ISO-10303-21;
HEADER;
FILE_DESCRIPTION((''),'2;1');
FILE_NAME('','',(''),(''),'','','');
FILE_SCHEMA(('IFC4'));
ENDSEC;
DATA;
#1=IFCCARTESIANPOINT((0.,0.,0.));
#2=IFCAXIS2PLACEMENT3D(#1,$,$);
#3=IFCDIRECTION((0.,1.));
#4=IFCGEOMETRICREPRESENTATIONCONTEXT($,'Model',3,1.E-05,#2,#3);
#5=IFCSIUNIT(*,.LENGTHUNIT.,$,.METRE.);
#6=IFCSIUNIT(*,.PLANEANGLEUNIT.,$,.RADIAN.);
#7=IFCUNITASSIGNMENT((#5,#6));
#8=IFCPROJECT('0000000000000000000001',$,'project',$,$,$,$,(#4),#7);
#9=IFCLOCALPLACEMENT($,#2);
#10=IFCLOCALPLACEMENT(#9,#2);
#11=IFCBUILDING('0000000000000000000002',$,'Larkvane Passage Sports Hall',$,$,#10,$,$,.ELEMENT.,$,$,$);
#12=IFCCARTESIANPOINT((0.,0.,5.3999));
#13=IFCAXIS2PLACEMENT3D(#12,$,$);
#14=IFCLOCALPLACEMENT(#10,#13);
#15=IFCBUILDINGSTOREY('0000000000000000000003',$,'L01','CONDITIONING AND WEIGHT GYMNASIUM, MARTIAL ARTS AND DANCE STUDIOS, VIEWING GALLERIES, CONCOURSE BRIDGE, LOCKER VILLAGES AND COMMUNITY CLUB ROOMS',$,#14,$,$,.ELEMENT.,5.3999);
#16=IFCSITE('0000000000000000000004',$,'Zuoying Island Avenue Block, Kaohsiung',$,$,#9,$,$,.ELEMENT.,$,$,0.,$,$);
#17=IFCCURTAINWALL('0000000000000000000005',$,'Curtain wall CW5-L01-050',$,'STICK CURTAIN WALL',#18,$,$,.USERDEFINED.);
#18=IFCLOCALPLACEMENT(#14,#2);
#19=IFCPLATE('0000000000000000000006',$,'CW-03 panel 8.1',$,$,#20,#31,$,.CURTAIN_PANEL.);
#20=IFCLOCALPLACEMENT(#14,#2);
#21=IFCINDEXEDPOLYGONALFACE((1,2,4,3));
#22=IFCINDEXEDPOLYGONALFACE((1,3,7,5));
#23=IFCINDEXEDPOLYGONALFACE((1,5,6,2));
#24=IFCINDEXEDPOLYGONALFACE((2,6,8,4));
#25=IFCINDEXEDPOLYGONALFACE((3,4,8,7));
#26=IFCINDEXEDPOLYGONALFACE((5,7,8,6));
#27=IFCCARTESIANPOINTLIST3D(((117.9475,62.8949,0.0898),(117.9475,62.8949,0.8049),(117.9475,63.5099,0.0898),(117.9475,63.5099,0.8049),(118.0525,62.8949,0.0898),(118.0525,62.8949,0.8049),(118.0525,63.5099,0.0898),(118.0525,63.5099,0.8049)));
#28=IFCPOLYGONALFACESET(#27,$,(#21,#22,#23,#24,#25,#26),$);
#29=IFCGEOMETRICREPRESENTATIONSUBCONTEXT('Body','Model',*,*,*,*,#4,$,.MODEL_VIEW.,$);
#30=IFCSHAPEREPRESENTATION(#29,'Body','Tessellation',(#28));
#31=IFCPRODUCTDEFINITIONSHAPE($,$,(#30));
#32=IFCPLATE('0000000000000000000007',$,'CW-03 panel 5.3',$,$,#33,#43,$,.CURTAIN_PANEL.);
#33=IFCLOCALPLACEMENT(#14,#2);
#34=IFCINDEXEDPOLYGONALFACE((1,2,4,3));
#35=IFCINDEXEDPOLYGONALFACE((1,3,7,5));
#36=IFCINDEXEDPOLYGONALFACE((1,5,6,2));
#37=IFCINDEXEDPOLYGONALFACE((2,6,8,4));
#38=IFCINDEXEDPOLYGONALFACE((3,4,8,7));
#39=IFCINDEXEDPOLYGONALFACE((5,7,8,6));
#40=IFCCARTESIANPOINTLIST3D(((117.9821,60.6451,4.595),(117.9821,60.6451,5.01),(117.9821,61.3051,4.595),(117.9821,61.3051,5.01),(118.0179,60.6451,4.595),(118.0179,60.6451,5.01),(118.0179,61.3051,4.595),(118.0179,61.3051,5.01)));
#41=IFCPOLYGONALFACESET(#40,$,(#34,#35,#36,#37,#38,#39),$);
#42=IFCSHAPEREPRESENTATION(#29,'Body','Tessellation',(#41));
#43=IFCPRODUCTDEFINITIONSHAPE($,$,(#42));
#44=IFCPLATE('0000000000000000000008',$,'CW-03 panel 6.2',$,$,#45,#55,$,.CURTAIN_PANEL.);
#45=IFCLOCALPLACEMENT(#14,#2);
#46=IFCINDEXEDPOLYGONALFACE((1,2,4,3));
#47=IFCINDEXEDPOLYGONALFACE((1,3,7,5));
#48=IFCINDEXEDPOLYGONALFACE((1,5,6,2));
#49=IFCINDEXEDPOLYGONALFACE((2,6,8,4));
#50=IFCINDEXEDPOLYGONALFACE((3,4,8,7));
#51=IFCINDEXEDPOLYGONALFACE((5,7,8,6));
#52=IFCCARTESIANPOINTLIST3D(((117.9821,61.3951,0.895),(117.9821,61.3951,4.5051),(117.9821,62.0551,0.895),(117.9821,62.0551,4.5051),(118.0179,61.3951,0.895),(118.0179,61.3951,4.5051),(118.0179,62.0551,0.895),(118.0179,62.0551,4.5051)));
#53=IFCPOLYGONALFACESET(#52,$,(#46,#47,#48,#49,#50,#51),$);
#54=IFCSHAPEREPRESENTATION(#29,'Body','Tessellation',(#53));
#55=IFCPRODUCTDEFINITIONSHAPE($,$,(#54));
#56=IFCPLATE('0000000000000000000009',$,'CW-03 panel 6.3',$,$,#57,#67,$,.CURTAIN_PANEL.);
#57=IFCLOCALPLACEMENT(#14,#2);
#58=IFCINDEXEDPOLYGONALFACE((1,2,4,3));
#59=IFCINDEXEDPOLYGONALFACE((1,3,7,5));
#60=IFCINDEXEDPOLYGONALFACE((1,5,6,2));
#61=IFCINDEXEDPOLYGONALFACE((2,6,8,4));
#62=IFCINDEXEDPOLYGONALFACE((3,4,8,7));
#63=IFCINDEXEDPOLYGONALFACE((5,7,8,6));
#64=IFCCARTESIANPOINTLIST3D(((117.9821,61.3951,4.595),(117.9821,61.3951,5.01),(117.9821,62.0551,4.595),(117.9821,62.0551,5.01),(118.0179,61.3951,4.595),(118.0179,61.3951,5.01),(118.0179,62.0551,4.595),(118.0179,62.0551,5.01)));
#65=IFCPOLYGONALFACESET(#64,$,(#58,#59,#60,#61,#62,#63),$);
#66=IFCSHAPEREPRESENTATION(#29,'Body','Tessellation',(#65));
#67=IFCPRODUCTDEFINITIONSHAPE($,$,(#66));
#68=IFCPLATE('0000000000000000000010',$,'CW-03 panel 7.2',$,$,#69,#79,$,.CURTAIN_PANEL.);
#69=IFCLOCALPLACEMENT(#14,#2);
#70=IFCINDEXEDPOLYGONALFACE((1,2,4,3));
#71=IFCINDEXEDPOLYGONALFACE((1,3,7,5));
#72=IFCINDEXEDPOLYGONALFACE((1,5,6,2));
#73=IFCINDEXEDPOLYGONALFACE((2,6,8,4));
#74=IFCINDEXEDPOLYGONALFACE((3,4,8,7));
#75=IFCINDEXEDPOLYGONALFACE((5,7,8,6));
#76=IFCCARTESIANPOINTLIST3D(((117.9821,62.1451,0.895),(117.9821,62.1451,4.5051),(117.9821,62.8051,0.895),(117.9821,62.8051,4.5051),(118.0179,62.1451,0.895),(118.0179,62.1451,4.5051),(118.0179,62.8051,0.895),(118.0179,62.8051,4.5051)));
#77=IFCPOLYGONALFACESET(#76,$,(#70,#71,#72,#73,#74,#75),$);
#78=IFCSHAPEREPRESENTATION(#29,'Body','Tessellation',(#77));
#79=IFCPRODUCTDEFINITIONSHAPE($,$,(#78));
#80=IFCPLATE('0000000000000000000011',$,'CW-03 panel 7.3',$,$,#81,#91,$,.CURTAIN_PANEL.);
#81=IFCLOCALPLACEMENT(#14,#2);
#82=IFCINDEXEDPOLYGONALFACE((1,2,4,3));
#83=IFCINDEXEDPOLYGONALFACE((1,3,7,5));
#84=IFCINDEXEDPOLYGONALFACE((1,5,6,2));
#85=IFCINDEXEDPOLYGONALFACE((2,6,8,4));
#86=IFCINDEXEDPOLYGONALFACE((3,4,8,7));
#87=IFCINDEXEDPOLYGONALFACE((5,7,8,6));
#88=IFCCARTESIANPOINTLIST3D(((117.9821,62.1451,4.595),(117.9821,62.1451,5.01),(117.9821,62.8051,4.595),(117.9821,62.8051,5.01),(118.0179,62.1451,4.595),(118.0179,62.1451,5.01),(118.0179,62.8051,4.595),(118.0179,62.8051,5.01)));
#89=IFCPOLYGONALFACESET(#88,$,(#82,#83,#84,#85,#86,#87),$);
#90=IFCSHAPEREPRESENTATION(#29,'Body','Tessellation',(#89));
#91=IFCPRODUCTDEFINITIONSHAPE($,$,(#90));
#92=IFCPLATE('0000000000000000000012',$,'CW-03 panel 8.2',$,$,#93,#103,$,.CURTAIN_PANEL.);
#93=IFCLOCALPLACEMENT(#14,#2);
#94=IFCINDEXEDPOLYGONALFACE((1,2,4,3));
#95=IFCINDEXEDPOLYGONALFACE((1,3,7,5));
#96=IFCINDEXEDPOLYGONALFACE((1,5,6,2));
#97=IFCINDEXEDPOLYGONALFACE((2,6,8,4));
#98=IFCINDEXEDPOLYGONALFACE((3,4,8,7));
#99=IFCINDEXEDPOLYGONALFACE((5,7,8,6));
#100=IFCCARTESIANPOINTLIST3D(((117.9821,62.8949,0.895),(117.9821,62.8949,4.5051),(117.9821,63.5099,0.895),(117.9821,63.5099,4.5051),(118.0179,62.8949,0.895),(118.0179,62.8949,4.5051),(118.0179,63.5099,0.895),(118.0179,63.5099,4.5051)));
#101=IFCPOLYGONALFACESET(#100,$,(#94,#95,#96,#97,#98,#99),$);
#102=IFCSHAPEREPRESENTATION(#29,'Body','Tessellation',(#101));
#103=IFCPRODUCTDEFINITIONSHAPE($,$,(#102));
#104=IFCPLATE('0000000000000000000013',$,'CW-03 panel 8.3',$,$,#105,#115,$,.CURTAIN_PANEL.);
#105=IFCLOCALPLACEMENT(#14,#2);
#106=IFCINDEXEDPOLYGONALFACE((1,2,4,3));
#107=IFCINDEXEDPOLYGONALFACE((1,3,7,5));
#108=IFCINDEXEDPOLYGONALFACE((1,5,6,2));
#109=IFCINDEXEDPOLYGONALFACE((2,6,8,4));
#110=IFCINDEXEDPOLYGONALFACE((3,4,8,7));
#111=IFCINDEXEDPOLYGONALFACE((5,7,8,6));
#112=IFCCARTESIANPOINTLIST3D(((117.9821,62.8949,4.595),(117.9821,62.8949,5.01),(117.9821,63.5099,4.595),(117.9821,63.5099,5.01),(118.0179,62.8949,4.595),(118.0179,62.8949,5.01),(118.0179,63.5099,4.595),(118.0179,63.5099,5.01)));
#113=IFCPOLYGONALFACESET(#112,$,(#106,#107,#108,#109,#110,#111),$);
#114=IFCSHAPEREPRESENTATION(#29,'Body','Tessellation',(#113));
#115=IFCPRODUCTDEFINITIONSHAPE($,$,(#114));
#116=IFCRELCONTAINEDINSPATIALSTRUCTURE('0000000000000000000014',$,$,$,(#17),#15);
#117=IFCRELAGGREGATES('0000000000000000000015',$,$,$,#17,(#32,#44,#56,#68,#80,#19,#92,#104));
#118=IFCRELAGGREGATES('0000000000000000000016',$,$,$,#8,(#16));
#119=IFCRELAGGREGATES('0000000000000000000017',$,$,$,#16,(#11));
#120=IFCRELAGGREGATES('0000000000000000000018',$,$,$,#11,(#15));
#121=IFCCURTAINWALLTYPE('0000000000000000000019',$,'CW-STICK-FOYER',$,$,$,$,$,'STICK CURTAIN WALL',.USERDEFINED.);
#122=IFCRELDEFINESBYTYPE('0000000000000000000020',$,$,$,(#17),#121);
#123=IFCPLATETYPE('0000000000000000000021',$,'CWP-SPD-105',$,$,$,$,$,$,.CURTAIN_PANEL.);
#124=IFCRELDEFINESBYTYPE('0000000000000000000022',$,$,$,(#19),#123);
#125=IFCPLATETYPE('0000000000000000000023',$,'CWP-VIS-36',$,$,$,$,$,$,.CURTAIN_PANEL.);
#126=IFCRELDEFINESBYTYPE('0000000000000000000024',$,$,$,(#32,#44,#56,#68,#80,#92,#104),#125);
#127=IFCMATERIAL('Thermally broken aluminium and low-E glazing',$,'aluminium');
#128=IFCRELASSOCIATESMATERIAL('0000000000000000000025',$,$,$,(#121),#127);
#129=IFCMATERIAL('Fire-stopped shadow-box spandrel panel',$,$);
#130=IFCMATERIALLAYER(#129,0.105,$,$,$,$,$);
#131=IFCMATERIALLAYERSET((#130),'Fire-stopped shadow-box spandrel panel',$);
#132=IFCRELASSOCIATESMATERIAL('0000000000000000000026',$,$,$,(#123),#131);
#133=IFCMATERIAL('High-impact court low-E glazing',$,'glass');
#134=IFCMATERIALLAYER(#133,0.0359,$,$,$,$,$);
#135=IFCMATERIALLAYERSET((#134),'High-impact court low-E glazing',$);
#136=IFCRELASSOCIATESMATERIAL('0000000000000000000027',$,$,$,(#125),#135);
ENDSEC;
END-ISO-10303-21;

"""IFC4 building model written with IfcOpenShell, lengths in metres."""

from ifc_helpers import new_model, si_unit, direction, frame, origin, origin_2d, place, context, subcontext, project, spatial, rectangle, extrude, material, layer, layer_set, type_object, element, aggregate, save


model = new_model("IFC4")

# Units and contexts
model_context = context("Model", 3, precision=1e-05, world=origin(), true_north=direction((0.0, 1.0)))
body_context = subcontext(model_context, "Body", "Model", "MODEL_VIEW")
ifc_project = project(units=[si_unit("LENGTHUNIT", "METRE"), si_unit("PLANEANGLEUNIT", "RADIAN")], contexts=[model_context])

# Site, building, storey
site_placement = place(None, origin())
site = spatial("IfcSite", under=ifc_project, at=site_placement, Name="Zuoying Island Avenue Block, Kaohsiung", CompositionType="ELEMENT", RefElevation=0.0)
building_placement = place(site_placement, origin())
building = spatial("IfcBuilding", under=site, at=building_placement, Name="Larkvane Passage Sports Hall", CompositionType="ELEMENT")
storey_placement = place(building_placement, frame((0.0, 0.0, 5.3999)))
storey = spatial("IfcBuildingStorey", under=building, at=storey_placement, Name="L01", Description="CONDITIONING AND WEIGHT GYMNASIUM, MARTIAL ARTS AND DANCE STUDIOS, VIEWING GALLERIES, CONCOURSE BRIDGE, LOCKER VILLAGES AND COMMUNITY CLUB ROOMS", CompositionType="ELEMENT", Elevation=5.3999)

# Curtain wall
ifc_material_1 = material(Name="Thermally broken aluminium and low-E glazing", Category="aluminium")
curtain_wall_type = type_object("IfcCurtainWallType", Name="CW-STICK-FOYER", ElementType="STICK CURTAIN WALL", PredefinedType="USERDEFINED", material=ifc_material_1)
curtain_wall_placement = place(storey_placement, origin())
curtain_wall = element("IfcCurtainWall", 1, at=curtain_wall_placement, inside=storey, type_object=curtain_wall_type, Name="Curtain wall CW5-L01-050", ObjectType="STICK CURTAIN WALL", PredefinedType="USERDEFINED")

# Plates
ifc_material_2 = material(Name="Fire-stopped shadow-box spandrel panel")
ifc_layer_1 = layer(ifc_material_2, 0.105)
ifc_layer_set_1 = layer_set([ifc_layer_1], Name="Fire-stopped shadow-box spandrel panel")
plate_type_1 = type_object("IfcPlateType", Name="CWP-SPD-105", PredefinedType="CURTAIN_PANEL", material=ifc_layer_set_1)
plate_1_placement = place(storey_placement, frame((118.0, 63.2024, 0.0898), z_axis=(0.0, 0.0, 1.0), x_axis=(0.0, 1.0, 0.0)))
plate_1 = element("IfcPlate", 2, at=plate_1_placement, type_object=plate_type_1, Name="CW-03 panel 8.1", PredefinedType="CURTAIN_PANEL", context=body_context, shape_type="SweptSolid", body=[
    extrude(rectangle(XDim=0.615, YDim=0.105, at=origin_2d()), origin(), (0.0, 0.0, 1.0), 0.7151),
])
ifc_material_3 = material(Name="High-impact court low-E glazing", Category="glass")
ifc_layer_2 = layer(ifc_material_3, 0.0359)
ifc_layer_set_2 = layer_set([ifc_layer_2], Name="High-impact court low-E glazing")
plate_type_2 = type_object("IfcPlateType", Name="CWP-VIS-36", PredefinedType="CURTAIN_PANEL", material=ifc_layer_set_2)
plate_2_placement = place(storey_placement, frame((118.0, 60.9751, 4.595), z_axis=(0.0, 0.0, 1.0), x_axis=(0.0, 1.0, 0.0)))
plate_2 = element("IfcPlate", 3, at=plate_2_placement, type_object=plate_type_2, Name="CW-03 panel 5.3", PredefinedType="CURTAIN_PANEL", context=body_context, shape_type="SweptSolid", body=[
    extrude(rectangle(XDim=0.6599, YDim=0.0359, at=origin_2d()), origin(), (0.0, 0.0, 1.0), 0.415),
])
plate_3_placement = place(storey_placement, frame((118.0, 61.7251, 0.895), z_axis=(0.0, 0.0, 1.0), x_axis=(0.0, 1.0, 0.0)))
plate_3 = element("IfcPlate", 4, at=plate_3_placement, type_object=plate_type_2, Name="CW-03 panel 6.2", PredefinedType="CURTAIN_PANEL", context=body_context, shape_type="SweptSolid", body=[
    extrude(rectangle(XDim=0.6599, YDim=0.0359, at=origin_2d()), origin(), (0.0, 0.0, 1.0), 3.6101),
])
plate_4_placement = place(storey_placement, frame((118.0, 61.7251, 4.595), z_axis=(0.0, 0.0, 1.0), x_axis=(0.0, 1.0, 0.0)))
plate_4 = element("IfcPlate", 5, at=plate_4_placement, type_object=plate_type_2, Name="CW-03 panel 6.3", PredefinedType="CURTAIN_PANEL", context=body_context, shape_type="SweptSolid", body=[
    extrude(rectangle(XDim=0.6599, YDim=0.0359, at=origin_2d()), origin(), (0.0, 0.0, 1.0), 0.415),
])
plate_5_placement = place(storey_placement, frame((118.0, 62.4751, 0.895), z_axis=(0.0, 0.0, 1.0), x_axis=(0.0, 1.0, 0.0)))
plate_5 = element("IfcPlate", 6, at=plate_5_placement, type_object=plate_type_2, Name="CW-03 panel 7.2", PredefinedType="CURTAIN_PANEL", context=body_context, shape_type="SweptSolid", body=[
    extrude(rectangle(XDim=0.6599, YDim=0.0359, at=origin_2d()), origin(), (0.0, 0.0, 1.0), 3.6101),
])
plate_6_placement = place(storey_placement, frame((118.0, 62.4751, 4.595), z_axis=(0.0, 0.0, 1.0), x_axis=(0.0, 1.0, 0.0)))
plate_6 = element("IfcPlate", 7, at=plate_6_placement, type_object=plate_type_2, Name="CW-03 panel 7.3", PredefinedType="CURTAIN_PANEL", context=body_context, shape_type="SweptSolid", body=[
    extrude(rectangle(XDim=0.6599, YDim=0.0359, at=origin_2d()), origin(), (0.0, 0.0, 1.0), 0.415),
])
plate_7_placement = place(storey_placement, frame((118.0, 63.2024, 0.895), z_axis=(0.0, 0.0, 1.0), x_axis=(0.0, 1.0, 0.0)))
plate_7 = element("IfcPlate", 8, at=plate_7_placement, type_object=plate_type_2, Name="CW-03 panel 8.2", PredefinedType="CURTAIN_PANEL", context=body_context, shape_type="SweptSolid", body=[
    extrude(rectangle(XDim=0.615, YDim=0.0359, at=origin_2d()), origin(), (0.0, 0.0, 1.0), 3.6101),
])
plate_8_placement = place(storey_placement, frame((118.0, 63.2024, 4.595), z_axis=(0.0, 0.0, 1.0), x_axis=(0.0, 1.0, 0.0)))
plate_8 = element("IfcPlate", 9, at=plate_8_placement, type_object=plate_type_2, Name="CW-03 panel 8.3", PredefinedType="CURTAIN_PANEL", context=body_context, shape_type="SweptSolid", body=[
    extrude(rectangle(XDim=0.615, YDim=0.0359, at=origin_2d()), origin(), (0.0, 0.0, 1.0), 0.415),
])
aggregate(curtain_wall, [plate_2, plate_3, plate_4, plate_5, plate_6, plate_1, plate_7, plate_8])

save(model, "model.ifc")
